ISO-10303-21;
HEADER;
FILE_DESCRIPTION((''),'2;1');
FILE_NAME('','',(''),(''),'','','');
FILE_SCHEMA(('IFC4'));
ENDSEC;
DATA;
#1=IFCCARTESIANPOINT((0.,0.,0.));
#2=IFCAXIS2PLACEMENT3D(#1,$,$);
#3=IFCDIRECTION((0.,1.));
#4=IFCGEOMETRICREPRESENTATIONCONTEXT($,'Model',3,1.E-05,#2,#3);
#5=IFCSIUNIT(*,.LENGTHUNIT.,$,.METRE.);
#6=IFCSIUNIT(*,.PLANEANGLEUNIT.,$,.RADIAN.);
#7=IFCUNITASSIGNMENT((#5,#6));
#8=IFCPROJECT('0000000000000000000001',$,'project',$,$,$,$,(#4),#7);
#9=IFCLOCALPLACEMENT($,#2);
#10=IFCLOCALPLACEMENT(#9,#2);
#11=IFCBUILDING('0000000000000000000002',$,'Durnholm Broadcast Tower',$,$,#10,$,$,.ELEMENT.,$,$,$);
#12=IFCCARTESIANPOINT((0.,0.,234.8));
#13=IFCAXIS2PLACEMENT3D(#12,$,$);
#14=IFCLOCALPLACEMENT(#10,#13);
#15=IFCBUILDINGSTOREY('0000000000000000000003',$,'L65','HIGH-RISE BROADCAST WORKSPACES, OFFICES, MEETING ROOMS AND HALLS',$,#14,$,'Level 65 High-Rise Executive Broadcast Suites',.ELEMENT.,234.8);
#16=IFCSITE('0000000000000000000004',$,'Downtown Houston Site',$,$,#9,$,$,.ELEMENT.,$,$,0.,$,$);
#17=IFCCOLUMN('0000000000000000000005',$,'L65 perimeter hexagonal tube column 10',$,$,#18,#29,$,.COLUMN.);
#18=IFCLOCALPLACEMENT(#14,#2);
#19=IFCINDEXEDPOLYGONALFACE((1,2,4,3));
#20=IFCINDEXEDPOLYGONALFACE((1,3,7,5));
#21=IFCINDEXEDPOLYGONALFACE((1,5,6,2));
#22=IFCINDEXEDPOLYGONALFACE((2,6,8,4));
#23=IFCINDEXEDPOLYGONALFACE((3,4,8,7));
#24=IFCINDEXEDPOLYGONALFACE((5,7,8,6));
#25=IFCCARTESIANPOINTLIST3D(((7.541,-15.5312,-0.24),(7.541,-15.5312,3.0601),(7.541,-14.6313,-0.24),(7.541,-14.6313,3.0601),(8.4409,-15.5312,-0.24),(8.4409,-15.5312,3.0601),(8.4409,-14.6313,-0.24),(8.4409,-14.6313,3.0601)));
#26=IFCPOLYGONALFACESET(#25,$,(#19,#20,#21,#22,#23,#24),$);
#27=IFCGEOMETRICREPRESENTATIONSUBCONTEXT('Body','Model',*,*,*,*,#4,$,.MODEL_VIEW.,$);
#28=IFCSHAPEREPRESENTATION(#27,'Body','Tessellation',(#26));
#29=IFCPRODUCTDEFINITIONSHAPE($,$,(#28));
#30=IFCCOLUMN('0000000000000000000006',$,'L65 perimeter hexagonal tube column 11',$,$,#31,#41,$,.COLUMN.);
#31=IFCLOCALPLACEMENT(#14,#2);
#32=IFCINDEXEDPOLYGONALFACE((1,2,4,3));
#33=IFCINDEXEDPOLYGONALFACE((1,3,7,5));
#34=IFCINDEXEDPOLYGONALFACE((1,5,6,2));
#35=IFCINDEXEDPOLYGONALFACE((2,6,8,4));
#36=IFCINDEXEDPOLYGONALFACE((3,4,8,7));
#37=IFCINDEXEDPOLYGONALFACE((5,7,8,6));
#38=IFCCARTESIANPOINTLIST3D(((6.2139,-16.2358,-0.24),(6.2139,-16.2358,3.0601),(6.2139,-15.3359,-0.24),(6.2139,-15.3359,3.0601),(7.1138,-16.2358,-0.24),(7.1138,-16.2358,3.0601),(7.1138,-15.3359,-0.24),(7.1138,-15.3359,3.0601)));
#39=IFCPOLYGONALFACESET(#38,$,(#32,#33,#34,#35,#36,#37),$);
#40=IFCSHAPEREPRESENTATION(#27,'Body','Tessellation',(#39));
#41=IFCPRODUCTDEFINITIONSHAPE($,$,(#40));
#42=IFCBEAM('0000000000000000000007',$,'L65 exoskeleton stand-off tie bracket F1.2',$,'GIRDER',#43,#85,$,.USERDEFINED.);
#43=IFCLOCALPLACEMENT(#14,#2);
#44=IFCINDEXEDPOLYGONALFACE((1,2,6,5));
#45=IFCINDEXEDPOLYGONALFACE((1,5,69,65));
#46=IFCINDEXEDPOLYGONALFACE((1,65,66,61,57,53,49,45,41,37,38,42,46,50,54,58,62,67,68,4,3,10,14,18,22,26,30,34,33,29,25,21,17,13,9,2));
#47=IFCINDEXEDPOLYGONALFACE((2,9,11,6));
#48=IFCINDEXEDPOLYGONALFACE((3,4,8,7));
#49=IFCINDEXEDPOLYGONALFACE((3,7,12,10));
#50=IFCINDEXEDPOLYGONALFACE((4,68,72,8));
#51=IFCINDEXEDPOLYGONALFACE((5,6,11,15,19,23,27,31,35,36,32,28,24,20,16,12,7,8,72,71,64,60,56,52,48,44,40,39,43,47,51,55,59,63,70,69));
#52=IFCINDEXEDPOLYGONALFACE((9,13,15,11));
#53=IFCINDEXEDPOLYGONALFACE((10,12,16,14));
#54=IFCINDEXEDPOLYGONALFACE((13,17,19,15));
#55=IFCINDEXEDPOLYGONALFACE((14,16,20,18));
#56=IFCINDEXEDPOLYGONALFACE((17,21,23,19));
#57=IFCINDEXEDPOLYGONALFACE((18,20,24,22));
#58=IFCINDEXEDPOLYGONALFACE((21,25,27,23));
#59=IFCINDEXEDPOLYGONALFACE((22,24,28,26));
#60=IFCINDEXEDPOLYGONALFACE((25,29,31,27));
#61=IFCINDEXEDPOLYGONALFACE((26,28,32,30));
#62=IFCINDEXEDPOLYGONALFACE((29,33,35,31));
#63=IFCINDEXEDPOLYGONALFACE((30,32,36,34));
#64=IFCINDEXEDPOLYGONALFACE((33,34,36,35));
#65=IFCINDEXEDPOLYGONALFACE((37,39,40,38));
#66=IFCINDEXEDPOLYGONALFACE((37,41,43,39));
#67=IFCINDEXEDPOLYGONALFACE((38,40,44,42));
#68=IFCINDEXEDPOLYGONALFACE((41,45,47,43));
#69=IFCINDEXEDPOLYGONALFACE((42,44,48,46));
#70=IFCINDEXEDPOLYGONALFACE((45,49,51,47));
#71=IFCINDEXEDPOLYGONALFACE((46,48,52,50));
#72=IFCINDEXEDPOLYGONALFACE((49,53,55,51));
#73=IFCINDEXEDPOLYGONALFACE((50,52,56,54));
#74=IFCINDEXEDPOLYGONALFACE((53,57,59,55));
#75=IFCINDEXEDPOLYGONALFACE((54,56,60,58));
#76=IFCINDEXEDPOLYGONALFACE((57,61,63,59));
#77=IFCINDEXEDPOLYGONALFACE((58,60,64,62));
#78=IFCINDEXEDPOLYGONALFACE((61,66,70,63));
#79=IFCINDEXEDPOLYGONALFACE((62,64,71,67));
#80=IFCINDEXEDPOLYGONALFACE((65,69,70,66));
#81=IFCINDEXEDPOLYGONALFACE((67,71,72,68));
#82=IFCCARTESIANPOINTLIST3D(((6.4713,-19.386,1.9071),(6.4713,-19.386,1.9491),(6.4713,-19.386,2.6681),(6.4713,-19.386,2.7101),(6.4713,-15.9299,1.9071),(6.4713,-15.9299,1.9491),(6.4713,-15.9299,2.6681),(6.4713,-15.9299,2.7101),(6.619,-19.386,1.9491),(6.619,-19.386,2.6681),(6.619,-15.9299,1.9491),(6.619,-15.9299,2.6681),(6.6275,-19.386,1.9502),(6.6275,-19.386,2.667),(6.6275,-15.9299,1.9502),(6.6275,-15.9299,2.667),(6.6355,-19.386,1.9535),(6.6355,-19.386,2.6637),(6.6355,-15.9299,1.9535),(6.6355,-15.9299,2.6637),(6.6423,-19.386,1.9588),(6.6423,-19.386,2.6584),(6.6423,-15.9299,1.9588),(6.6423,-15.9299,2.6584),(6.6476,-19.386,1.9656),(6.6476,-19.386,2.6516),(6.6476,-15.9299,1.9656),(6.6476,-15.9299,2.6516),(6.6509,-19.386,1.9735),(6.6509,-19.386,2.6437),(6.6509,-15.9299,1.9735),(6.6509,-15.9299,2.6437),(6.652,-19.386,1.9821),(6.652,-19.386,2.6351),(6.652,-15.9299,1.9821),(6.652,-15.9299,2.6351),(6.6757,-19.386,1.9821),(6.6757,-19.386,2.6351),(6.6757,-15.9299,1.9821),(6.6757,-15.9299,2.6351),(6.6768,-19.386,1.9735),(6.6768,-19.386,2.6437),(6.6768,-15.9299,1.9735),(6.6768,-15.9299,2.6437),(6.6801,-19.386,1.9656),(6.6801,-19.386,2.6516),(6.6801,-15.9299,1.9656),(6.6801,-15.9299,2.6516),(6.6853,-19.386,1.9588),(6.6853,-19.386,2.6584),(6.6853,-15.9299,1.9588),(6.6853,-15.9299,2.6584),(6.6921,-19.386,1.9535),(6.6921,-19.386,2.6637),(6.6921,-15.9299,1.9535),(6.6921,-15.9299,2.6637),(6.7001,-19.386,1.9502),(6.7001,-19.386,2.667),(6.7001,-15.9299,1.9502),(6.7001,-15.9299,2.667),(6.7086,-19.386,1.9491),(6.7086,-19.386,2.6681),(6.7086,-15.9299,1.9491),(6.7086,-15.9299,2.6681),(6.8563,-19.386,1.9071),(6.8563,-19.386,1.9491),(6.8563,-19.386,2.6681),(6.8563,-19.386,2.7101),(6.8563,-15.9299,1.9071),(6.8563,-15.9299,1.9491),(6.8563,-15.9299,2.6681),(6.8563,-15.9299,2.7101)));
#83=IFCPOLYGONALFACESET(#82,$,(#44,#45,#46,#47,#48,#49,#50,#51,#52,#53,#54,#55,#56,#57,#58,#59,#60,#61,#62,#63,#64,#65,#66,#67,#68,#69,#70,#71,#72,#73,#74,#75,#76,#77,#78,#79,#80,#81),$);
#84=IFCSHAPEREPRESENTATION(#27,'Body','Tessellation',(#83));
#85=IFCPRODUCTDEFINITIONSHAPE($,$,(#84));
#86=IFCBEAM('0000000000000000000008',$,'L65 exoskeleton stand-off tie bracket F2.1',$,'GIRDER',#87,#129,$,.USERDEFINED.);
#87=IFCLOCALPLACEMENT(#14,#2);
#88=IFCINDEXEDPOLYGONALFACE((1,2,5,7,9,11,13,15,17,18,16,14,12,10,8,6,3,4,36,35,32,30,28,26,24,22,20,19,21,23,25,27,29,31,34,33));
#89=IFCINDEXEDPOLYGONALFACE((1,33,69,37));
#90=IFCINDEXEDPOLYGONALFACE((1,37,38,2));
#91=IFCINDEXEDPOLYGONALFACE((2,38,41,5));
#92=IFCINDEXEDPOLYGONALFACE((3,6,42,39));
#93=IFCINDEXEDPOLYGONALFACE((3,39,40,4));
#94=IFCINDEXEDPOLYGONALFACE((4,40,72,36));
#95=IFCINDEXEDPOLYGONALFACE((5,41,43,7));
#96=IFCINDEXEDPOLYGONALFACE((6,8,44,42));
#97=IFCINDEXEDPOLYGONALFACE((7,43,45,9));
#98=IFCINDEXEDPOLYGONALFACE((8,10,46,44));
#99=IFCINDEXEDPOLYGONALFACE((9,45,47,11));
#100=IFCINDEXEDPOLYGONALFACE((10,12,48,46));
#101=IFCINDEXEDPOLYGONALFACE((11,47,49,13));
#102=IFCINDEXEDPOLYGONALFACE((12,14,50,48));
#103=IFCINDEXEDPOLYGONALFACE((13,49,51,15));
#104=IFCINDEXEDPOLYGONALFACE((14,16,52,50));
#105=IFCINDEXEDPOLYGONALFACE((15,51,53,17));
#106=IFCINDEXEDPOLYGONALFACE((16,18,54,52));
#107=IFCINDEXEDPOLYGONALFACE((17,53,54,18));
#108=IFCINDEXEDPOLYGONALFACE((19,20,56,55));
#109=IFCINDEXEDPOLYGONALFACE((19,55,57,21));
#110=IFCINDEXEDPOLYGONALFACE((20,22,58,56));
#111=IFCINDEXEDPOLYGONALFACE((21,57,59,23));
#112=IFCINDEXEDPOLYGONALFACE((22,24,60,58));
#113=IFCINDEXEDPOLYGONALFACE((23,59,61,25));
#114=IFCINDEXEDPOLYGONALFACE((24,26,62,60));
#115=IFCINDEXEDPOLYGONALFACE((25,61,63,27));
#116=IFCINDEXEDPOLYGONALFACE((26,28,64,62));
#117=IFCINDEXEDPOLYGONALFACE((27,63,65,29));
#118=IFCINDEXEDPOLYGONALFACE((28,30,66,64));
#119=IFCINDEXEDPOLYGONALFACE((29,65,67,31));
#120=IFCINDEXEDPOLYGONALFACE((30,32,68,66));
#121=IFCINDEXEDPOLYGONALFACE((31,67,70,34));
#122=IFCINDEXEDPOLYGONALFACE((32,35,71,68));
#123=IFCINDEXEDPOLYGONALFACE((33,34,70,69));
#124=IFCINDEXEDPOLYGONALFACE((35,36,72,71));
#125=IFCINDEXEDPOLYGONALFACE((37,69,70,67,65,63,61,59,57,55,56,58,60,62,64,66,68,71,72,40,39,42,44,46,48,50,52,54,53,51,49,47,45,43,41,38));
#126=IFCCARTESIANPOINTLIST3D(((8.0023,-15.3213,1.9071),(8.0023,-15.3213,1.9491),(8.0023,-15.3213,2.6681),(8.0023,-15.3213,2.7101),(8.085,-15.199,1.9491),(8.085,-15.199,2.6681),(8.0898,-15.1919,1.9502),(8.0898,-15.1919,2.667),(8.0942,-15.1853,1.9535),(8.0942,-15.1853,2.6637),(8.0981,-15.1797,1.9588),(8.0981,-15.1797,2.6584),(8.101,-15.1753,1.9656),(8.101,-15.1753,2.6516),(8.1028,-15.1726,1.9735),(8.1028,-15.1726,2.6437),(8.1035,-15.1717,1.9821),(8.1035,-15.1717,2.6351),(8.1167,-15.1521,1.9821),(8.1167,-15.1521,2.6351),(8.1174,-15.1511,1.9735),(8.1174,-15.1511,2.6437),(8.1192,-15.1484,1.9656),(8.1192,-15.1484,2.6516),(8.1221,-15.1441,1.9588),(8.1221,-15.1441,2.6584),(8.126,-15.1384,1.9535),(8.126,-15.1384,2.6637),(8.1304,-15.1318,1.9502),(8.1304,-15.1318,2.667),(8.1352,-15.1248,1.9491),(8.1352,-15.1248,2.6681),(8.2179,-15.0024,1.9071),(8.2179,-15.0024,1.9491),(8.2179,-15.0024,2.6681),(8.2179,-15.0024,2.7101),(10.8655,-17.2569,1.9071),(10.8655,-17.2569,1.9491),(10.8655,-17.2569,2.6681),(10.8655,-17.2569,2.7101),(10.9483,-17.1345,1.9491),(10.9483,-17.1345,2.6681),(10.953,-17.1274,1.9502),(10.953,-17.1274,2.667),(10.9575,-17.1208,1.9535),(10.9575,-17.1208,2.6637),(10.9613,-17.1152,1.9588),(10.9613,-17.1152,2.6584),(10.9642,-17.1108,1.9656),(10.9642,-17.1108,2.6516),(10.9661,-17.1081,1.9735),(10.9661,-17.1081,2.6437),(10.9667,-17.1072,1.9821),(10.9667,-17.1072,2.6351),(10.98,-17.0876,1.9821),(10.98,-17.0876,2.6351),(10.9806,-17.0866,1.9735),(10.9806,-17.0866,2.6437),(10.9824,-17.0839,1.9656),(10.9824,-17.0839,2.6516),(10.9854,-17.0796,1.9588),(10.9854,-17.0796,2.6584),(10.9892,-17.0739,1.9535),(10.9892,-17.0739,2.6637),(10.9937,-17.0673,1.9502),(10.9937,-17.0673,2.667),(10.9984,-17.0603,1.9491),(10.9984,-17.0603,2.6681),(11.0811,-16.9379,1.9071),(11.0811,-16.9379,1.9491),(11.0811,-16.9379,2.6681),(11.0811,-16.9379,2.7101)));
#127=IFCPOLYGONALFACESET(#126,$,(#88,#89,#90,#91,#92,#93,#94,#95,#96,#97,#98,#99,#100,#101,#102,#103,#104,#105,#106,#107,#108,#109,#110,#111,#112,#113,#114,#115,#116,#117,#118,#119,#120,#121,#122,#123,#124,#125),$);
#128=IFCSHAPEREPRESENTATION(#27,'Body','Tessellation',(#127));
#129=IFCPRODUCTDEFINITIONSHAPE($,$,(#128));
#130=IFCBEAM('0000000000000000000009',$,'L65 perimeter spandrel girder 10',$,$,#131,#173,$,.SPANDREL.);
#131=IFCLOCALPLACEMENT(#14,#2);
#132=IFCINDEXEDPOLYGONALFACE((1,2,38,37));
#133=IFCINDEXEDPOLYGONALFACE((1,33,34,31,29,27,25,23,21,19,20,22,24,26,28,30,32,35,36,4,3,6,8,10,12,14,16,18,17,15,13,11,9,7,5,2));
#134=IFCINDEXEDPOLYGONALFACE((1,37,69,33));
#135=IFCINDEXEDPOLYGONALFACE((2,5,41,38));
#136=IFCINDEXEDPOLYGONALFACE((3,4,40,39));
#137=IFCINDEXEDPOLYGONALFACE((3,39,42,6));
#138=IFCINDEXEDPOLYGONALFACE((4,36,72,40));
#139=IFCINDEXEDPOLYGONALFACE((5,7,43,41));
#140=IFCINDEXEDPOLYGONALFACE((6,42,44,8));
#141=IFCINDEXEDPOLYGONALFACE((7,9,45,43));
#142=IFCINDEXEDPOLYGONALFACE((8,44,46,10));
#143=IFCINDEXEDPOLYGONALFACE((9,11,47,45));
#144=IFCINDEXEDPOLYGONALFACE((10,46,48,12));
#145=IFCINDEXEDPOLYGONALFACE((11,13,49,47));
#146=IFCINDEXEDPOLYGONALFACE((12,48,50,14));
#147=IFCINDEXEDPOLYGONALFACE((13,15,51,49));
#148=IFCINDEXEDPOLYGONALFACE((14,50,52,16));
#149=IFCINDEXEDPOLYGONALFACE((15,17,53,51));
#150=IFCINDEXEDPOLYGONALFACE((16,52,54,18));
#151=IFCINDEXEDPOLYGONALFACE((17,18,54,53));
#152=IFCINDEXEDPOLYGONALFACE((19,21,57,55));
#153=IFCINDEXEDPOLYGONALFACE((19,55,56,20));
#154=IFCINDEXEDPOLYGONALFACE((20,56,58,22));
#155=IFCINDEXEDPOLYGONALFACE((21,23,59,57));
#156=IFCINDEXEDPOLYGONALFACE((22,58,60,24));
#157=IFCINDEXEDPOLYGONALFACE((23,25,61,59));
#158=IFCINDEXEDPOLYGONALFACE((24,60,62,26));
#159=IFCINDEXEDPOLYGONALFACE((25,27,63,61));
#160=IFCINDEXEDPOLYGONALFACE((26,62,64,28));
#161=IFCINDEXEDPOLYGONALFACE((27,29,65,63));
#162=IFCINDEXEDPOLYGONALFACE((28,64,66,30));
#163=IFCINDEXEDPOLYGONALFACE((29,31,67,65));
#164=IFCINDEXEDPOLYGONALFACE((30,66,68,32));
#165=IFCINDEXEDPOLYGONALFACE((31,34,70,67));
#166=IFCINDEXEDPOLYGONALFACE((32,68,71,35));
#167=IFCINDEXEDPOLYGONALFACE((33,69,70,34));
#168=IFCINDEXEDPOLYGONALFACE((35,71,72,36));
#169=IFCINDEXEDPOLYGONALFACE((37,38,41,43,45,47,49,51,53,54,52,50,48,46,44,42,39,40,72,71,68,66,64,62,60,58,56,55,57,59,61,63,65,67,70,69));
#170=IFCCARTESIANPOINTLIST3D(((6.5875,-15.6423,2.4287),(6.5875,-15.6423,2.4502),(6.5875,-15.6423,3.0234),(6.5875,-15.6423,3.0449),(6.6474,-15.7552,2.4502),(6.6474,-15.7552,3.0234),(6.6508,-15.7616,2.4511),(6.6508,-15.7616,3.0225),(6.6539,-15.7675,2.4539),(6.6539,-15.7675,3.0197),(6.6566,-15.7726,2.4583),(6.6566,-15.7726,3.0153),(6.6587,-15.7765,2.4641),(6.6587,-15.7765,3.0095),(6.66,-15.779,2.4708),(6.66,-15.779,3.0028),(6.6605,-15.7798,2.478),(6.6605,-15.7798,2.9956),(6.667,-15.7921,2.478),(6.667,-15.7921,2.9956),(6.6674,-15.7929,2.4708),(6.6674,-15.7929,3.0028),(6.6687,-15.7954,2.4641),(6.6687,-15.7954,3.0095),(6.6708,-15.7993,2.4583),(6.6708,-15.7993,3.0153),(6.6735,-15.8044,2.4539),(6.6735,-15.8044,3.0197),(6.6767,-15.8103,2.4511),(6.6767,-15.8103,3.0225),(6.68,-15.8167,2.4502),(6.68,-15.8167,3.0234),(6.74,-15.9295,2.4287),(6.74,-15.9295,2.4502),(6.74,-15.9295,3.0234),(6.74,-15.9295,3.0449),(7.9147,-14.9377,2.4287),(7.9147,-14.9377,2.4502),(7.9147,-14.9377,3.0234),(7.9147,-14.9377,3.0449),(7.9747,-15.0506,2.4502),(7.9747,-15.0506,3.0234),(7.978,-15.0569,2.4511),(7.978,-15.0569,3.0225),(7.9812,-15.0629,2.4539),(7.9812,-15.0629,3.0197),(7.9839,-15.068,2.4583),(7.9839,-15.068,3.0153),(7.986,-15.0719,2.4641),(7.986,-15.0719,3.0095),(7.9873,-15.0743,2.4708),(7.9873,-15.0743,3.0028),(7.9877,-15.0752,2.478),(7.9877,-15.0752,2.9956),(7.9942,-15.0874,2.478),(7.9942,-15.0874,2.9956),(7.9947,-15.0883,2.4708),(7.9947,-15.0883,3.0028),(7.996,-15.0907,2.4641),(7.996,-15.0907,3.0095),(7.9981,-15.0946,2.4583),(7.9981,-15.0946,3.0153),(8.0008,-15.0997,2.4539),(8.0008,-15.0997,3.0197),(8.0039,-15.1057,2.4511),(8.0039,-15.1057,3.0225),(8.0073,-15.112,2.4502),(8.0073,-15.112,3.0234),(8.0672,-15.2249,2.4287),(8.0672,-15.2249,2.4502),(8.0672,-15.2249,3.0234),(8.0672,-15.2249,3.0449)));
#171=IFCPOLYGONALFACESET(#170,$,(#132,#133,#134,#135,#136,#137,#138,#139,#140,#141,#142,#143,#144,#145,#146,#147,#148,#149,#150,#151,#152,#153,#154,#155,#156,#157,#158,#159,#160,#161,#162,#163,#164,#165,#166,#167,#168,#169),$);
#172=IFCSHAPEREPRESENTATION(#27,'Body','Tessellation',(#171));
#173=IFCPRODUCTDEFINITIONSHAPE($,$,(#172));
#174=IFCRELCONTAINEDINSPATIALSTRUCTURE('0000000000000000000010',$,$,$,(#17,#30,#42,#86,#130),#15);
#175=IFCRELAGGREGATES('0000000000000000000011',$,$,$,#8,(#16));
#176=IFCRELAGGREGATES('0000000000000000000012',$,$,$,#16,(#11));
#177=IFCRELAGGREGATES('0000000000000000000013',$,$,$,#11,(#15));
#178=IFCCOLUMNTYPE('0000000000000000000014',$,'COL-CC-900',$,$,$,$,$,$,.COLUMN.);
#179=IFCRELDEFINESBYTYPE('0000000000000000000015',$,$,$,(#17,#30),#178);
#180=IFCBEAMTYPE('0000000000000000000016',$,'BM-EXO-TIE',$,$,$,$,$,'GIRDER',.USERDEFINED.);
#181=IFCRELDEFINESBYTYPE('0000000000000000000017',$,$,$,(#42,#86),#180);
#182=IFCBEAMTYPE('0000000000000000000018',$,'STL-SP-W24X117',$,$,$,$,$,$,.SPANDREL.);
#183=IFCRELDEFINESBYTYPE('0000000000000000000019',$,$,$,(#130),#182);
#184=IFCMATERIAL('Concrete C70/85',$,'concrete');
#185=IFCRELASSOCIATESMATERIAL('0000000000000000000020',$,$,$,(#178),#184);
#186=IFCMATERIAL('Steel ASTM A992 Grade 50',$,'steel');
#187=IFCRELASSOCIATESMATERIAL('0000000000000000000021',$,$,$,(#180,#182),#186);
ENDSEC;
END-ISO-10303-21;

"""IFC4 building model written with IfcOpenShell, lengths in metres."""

from ifc_helpers import new_model, si_unit, direction, frame, origin, origin_2d, place, context, subcontext, project, spatial, rectangle, i_section, extrude, source, transform, mapped, material, material_profile, profile_set, type_object, type_shapes, element, save


model = new_model("IFC4")

# Units and contexts
model_context = context("Model", 3, precision=1e-05, world=origin(), true_north=direction((0.0, 1.0)))
body_context = subcontext(model_context, "Body", "Model", "MODEL_VIEW")
ifc_project = project(units=[si_unit("LENGTHUNIT", "METRE"), si_unit("PLANEANGLEUNIT", "RADIAN")], contexts=[model_context])

# Site, building, storey
site_placement = place(None, origin())
site = spatial("IfcSite", under=ifc_project, at=site_placement, Name="Downtown Houston Site", CompositionType="ELEMENT", RefElevation=0.0)
building_placement = place(site_placement, origin())
building = spatial("IfcBuilding", under=site, at=building_placement, Name="Durnholm Broadcast Tower", CompositionType="ELEMENT")
storey_placement = place(building_placement, frame((0.0, 0.0, 234.8)))
storey = spatial("IfcBuildingStorey", under=building, at=storey_placement, Name="L65", Description="HIGH-RISE BROADCAST WORKSPACES, OFFICES, MEETING ROOMS AND HALLS", LongName="Level 65 High-Rise Executive Broadcast Suites", CompositionType="ELEMENT", Elevation=234.8)

# Columns
ifc_material_1 = material(Name="Concrete C70/85", Category="concrete")
ifc_material_profile_1 = material_profile(ifc_material_1, rectangle(XDim=0.8999, YDim=0.8999, at=origin_2d()), Name="RC900X900")
ifc_profile_set_1 = profile_set([ifc_material_profile_1], Name="Concrete C70/85")
column_type = type_object("IfcColumnType", Name="COL-CC-900", PredefinedType="COLUMN", material=ifc_profile_set_1)
shared_shape_1 = source(origin(), body_context, "Body", "SweptSolid", [
    extrude(rectangle(XDim=0.8999, YDim=0.8999, at=origin_2d()), origin(), (0.0, 0.0, 1.0), 3.3),
])
type_shapes(column_type, [shared_shape_1])
for number, where, z_axis, x_axis, name in (
    (1, (7.991, -15.0813, -0.24), (0.0, 0.0, 1.0), (1.0, 0.0, 0.0), "L65 perimeter hexagonal tube column 10"),
    (2, (6.6638, -15.7859, -0.24), (0.0, 0.0, 1.0), (1.0, 0.0, 0.0), "L65 perimeter hexagonal tube column 11"),
):
    element("IfcColumn", number, at=place(storey_placement, frame(where, z_axis=z_axis, x_axis=x_axis)), inside=storey, type_object=column_type, Name=name, PredefinedType="COLUMN", context=body_context, shape_type="MappedRepresentation", body=[
        mapped(shared_shape_1, transform((0.0, 0.0, 0.0), x_axis=(1.0, 0.0, 0.0), y_axis=(0.0, 1.0, 0.0), z_axis=(0.0, 0.0, 1.0), scale=1.0)),
    ])

# Beams
ifc_material_2 = material(Name="Steel ASTM A992 Grade 50", Category="steel")
ifc_material_profile_2 = material_profile(ifc_material_2, i_section(OverallWidth=0.385, OverallDepth=0.803, WebThickness=0.0237, FlangeThickness=0.042, FilletRadius=0.033, at=origin_2d()), Name="W30X261")
ifc_profile_set_2 = profile_set([ifc_material_profile_2], Name="Steel ASTM A992 Grade 50")
beam_type_1 = type_object("IfcBeamType", Name="BM-EXO-TIE", ElementType="GIRDER", PredefinedType="USERDEFINED", material=ifc_profile_set_2)
shared_shape_2 = source(origin(), body_context, "Body", "SweptSolid", [
    extrude(i_section(OverallWidth=0.385, OverallDepth=0.803, WebThickness=0.0237, FlangeThickness=0.042, FilletRadius=0.033, at=origin_2d()), origin(), (0.0, 0.0, 1.0), 3.4561),
])
type_shapes(beam_type_1, [shared_shape_2])
for number, where, z_axis, x_axis, name in (
    (3, (6.6638, -15.9299, 2.3086), (0.0, -1.0, 0.0), (1.0, 0.0, 0.0), "L65 exoskeleton stand-off tie bracket F1.2"),
    (4, (8.1101, -15.1619, 2.3086), (0.828468, -0.560036, 0.0), (0.560036, 0.828468, 0.0), "L65 exoskeleton stand-off tie bracket F2.1"),
):
    element("IfcBeam", number, at=place(storey_placement, frame(where, z_axis=z_axis, x_axis=x_axis)), inside=storey, type_object=beam_type_1, Name=name, ObjectType="GIRDER", PredefinedType="USERDEFINED", context=body_context, shape_type="MappedRepresentation", body=[
        mapped(shared_shape_2, transform((0.0, 0.0, 0.0), x_axis=(1.0, 0.0, 0.0), y_axis=(0.0, 1.0, 0.0), z_axis=(0.0, 0.0, 1.0), scale=1.0)),
    ])
ifc_material_profile_3 = material_profile(ifc_material_2, i_section(OverallWidth=0.3252, OverallDepth=0.6162, WebThickness=0.0139, FlangeThickness=0.0215, FilletRadius=0.0278, at=origin_2d()), Name="W24X117")
ifc_profile_set_3 = profile_set([ifc_material_profile_3], Name="Steel ASTM A992 Grade 50")
beam_type_2 = type_object("IfcBeamType", Name="STL-SP-W24X117", PredefinedType="SPANDREL", material=ifc_profile_set_3)
shared_shape_3 = source(origin(), body_context, "Body", "SweptSolid", [
    extrude(i_section(OverallWidth=0.3252, OverallDepth=0.6162, WebThickness=0.0139, FlangeThickness=0.0215, FilletRadius=0.0278, at=origin_2d()), origin(), (0.0, 0.0, 1.0), 1.5027),
])
beam_1_placement = place(storey_placement, frame((7.991, -15.0813, 2.7368), z_axis=(-0.883242, -0.468918, 0.0), x_axis=(0.468918, -0.883242, 0.0)))
element("IfcBeam", 5, at=beam_1_placement, inside=storey, type_object=beam_type_2, Name="L65 perimeter spandrel girder 10", PredefinedType="SPANDREL", context=body_context, shape_type="MappedRepresentation", body=[
    mapped(shared_shape_3, transform((0.0, 0.0, 0.0), x_axis=(1.0, 0.0, 0.0), y_axis=(0.0, 1.0, 0.0), z_axis=(0.0, 0.0, 1.0), scale=1.0)),
])

save(model, "model.ifc")
